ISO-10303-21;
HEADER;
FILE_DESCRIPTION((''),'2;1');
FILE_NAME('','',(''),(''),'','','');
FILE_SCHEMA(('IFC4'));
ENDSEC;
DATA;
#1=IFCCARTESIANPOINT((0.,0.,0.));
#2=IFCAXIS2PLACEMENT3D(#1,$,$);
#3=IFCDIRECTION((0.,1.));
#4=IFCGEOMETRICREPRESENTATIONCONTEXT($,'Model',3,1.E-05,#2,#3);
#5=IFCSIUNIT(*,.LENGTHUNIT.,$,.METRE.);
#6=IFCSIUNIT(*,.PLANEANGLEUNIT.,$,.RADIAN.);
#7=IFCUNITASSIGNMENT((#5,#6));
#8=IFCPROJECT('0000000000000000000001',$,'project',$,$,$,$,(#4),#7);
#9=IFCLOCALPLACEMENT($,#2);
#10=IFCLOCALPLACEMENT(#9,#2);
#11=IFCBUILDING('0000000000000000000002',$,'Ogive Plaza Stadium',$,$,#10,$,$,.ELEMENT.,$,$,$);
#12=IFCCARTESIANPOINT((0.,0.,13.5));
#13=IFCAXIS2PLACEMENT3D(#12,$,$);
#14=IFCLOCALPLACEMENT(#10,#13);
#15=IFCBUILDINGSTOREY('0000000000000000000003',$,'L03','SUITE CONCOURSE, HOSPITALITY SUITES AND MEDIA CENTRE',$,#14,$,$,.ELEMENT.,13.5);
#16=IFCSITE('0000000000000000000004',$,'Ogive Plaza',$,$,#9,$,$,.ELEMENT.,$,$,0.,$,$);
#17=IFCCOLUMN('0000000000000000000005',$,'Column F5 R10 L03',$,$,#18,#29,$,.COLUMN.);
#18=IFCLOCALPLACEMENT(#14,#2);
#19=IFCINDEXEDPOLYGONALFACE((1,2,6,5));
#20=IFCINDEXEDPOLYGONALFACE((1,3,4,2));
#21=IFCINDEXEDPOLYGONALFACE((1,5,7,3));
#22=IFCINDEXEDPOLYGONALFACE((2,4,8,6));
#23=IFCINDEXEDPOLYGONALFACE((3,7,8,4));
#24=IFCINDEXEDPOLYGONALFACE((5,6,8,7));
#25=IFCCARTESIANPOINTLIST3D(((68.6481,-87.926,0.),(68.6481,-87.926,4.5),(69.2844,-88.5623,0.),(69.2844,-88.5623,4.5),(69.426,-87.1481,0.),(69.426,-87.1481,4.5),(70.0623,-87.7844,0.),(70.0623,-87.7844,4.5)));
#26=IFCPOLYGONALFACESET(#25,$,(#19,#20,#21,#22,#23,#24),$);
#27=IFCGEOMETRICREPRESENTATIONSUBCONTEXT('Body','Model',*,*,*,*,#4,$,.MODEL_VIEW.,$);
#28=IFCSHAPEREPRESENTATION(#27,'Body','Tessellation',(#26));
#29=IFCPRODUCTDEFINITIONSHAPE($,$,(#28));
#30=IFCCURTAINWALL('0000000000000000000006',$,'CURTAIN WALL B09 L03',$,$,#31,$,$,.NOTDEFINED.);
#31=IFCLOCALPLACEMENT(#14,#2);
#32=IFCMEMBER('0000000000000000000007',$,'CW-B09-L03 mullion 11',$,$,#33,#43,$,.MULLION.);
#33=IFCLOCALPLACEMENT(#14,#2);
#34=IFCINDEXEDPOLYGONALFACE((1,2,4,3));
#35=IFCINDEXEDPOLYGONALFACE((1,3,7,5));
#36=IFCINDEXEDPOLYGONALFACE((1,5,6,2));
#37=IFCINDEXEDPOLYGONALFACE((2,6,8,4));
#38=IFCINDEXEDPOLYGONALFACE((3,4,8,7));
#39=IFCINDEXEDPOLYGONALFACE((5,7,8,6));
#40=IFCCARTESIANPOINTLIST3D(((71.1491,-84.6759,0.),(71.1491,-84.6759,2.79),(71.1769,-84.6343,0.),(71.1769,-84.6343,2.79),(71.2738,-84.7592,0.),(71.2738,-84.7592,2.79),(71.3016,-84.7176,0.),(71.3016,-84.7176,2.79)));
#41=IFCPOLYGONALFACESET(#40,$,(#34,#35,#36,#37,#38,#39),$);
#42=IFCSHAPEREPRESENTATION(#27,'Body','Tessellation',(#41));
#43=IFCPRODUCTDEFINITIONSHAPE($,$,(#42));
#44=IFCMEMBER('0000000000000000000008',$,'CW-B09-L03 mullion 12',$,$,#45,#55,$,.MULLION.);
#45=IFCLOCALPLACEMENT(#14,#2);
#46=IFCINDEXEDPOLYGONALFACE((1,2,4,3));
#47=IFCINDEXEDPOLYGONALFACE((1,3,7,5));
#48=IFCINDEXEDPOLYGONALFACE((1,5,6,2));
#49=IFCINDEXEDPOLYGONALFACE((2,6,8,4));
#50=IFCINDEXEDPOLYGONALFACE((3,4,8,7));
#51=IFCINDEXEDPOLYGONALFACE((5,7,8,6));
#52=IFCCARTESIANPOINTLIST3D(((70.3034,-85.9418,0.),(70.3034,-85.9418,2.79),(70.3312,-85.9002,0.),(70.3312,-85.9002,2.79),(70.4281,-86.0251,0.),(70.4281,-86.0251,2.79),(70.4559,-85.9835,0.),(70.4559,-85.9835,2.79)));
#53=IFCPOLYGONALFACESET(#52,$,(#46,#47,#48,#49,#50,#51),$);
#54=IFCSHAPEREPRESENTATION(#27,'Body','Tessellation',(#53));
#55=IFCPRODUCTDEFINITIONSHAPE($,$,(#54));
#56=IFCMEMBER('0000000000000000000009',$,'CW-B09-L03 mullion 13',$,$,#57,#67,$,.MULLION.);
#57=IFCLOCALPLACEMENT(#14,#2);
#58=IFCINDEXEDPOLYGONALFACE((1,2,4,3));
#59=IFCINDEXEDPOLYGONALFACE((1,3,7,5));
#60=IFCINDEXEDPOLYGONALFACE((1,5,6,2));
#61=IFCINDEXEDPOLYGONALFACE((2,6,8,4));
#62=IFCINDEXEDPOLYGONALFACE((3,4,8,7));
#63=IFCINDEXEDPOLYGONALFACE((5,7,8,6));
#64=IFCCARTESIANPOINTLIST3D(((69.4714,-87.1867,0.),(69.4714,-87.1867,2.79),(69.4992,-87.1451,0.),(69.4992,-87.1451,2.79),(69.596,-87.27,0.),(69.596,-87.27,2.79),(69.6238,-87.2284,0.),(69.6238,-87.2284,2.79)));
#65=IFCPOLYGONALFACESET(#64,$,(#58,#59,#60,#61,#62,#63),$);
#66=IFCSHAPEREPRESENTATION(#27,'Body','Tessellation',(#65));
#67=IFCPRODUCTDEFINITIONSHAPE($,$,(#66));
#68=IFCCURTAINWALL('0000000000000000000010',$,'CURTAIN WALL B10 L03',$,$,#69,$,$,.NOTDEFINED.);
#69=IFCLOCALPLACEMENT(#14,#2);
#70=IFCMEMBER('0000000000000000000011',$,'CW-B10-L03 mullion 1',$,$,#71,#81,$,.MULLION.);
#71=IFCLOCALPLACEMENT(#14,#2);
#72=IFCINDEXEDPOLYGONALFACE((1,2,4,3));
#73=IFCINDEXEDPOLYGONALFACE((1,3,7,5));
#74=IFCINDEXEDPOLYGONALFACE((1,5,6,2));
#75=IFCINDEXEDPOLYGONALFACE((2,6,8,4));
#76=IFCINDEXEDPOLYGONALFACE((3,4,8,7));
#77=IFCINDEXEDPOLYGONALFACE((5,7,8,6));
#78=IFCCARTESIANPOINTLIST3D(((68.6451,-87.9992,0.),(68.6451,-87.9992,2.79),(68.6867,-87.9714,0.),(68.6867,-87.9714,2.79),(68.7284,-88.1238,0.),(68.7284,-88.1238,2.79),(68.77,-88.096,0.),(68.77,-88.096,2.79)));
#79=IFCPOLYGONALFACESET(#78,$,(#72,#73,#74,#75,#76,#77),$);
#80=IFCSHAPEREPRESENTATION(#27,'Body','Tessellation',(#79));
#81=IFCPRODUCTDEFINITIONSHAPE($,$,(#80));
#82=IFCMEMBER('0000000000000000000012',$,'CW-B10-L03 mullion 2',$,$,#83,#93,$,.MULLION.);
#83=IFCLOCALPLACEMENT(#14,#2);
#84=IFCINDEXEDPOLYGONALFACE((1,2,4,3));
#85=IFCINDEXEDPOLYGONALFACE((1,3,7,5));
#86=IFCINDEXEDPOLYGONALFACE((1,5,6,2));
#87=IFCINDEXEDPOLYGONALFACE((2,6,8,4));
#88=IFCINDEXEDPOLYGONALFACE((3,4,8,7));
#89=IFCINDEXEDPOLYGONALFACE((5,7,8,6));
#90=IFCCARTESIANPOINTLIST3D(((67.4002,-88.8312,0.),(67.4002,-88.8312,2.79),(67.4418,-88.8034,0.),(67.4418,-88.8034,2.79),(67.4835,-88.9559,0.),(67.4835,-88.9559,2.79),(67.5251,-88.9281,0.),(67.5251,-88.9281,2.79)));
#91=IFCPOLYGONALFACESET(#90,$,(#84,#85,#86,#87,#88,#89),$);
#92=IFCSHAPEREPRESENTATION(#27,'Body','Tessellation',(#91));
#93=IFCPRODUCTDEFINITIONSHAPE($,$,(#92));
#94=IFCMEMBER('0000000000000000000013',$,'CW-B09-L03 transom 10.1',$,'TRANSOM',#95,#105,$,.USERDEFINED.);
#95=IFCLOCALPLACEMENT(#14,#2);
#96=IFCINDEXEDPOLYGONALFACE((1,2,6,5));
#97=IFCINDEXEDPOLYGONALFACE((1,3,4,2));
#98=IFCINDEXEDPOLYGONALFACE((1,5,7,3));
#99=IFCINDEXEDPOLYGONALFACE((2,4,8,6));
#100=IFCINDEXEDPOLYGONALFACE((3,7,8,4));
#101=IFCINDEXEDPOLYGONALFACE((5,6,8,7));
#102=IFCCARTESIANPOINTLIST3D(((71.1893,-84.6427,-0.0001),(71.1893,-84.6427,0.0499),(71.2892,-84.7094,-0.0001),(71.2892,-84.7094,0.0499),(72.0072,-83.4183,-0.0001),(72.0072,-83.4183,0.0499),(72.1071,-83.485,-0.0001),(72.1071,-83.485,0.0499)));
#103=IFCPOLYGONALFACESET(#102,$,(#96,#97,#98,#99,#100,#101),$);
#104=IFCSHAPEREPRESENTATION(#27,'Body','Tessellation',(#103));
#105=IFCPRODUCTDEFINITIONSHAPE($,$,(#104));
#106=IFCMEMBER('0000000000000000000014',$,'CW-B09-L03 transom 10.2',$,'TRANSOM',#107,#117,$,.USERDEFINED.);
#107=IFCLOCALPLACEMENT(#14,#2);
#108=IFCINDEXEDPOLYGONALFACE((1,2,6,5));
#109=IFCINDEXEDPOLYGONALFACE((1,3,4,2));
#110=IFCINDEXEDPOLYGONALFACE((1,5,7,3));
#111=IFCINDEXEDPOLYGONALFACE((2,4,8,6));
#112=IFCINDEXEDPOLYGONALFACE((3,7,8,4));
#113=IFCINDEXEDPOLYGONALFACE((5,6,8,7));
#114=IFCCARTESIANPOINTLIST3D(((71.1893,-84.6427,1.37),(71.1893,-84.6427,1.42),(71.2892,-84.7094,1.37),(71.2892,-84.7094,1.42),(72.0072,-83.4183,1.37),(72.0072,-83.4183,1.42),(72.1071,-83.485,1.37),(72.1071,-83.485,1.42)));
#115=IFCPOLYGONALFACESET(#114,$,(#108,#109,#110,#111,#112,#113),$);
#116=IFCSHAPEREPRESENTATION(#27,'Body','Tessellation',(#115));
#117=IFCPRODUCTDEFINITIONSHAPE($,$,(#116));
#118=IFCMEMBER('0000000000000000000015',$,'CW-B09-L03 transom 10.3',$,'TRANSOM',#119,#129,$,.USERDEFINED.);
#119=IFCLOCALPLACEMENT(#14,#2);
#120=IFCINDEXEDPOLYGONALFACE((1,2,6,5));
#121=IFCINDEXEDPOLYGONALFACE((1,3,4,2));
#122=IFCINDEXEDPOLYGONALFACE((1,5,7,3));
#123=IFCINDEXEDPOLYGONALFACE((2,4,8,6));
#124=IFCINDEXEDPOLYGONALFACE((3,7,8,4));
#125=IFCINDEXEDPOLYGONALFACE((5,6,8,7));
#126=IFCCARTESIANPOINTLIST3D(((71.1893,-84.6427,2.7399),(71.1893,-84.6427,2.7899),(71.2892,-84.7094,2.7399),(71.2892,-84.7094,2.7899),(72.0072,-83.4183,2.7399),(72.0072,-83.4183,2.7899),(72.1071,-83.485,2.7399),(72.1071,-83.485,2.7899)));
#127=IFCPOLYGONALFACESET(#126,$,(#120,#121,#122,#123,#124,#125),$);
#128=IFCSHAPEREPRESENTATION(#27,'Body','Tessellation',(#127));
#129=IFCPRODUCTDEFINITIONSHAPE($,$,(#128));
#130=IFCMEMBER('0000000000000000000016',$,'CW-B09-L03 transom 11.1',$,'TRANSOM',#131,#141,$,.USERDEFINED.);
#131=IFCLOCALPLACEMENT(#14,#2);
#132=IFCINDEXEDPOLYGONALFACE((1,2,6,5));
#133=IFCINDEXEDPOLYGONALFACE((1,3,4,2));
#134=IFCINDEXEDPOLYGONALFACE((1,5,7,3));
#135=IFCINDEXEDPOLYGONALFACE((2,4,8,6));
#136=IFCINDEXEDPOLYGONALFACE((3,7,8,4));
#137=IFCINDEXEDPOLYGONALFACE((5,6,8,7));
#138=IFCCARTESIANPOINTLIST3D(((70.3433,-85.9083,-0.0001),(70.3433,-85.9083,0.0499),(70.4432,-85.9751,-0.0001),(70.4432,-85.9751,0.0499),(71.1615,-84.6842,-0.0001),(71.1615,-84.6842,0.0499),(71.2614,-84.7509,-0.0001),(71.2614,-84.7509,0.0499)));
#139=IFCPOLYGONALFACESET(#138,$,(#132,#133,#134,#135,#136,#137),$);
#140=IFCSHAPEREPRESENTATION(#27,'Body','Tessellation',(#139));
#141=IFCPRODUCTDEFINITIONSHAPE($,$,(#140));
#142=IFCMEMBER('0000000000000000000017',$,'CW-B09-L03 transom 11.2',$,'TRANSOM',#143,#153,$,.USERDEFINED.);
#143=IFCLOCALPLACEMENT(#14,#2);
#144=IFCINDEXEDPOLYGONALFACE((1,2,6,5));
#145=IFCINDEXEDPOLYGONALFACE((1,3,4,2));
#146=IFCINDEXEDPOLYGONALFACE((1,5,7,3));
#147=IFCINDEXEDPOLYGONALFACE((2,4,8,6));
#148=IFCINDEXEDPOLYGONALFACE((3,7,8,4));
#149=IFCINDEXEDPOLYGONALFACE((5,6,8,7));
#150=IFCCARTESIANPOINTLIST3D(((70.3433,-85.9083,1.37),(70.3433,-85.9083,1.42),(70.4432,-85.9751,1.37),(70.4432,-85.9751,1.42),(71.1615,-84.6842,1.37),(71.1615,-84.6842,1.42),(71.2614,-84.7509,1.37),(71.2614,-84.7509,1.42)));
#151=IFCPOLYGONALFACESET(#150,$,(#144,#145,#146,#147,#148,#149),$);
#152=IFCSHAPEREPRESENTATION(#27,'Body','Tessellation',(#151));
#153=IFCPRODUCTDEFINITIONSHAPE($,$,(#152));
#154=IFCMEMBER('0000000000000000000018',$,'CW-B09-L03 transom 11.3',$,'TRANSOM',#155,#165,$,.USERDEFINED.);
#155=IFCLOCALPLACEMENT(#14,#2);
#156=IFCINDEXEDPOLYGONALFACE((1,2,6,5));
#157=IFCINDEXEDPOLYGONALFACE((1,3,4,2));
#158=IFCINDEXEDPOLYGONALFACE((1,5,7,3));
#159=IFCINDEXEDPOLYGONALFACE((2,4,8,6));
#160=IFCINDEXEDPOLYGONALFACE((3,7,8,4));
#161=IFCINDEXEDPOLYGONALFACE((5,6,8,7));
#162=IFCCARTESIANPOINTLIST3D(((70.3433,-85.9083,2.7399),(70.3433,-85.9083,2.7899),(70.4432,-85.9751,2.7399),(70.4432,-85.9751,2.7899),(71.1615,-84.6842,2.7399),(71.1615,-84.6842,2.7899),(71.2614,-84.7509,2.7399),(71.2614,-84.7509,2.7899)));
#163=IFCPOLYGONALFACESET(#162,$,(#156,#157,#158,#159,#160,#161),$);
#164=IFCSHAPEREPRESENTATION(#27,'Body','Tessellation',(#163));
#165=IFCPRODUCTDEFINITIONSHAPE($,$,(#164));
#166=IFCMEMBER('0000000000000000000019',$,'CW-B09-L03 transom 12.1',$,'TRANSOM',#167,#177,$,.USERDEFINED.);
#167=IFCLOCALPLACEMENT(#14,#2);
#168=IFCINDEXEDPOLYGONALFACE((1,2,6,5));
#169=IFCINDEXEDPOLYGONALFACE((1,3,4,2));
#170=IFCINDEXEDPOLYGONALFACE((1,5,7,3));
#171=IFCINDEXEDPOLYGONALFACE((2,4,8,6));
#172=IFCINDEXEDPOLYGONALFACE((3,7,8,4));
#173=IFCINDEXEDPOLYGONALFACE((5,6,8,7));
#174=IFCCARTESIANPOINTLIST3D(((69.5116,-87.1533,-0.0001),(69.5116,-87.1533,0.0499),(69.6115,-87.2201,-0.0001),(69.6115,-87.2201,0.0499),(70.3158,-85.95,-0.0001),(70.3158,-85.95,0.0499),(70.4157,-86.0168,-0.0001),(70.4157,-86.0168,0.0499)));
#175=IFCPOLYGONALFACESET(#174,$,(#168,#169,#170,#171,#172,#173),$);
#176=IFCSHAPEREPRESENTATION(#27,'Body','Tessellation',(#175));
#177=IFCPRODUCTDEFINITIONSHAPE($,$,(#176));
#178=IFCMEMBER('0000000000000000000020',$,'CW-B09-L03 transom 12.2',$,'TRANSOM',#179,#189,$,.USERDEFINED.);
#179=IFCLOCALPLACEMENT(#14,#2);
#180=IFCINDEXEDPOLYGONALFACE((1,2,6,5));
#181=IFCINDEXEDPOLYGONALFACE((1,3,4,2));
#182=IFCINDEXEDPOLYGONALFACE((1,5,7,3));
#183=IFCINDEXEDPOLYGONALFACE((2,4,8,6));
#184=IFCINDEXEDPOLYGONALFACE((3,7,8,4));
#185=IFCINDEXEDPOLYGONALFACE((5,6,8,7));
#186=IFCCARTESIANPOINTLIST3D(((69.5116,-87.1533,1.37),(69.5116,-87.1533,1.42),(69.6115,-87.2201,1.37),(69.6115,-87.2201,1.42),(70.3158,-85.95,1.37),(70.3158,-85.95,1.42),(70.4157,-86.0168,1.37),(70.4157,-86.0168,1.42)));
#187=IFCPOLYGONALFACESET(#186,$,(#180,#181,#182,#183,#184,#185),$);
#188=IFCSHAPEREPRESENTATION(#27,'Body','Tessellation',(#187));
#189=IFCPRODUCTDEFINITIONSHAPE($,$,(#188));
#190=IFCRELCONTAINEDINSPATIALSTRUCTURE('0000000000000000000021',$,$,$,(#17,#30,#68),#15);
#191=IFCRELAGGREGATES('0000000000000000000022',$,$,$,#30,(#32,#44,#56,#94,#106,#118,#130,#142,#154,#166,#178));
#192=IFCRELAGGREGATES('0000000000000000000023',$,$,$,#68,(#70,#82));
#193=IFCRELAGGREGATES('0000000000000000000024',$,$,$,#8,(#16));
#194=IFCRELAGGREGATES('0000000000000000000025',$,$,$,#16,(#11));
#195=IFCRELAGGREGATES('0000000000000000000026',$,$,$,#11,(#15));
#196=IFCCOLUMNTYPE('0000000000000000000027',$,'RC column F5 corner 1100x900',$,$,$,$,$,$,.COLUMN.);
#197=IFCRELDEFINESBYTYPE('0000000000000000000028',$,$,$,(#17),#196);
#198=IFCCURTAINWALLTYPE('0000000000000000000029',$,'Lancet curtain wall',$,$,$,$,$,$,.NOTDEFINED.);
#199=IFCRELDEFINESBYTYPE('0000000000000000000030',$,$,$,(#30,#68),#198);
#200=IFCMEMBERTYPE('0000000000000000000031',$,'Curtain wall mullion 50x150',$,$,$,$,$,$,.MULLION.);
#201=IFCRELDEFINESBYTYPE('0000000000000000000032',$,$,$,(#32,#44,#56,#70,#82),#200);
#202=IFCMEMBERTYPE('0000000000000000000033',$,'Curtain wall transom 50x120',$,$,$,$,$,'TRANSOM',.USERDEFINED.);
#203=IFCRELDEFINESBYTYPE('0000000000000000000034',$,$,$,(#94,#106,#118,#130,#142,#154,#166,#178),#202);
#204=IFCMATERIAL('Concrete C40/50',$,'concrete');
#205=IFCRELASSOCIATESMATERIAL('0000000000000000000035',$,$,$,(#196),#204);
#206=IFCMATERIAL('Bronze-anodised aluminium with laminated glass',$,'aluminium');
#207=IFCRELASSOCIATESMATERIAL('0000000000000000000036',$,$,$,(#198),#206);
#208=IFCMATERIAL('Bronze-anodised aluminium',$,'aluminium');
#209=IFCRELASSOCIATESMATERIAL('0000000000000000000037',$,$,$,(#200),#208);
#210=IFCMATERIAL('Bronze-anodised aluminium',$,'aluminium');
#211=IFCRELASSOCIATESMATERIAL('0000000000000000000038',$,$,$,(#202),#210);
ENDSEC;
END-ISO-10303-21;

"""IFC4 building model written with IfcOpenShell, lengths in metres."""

from ifc_helpers import new_model, si_unit, direction, frame, origin, origin_2d, place, context, subcontext, project, spatial, rectangle, extrude, material, material_profile, profile_set, type_object, element, aggregate, save


model = new_model("IFC4")

# Units and contexts
model_context = context("Model", 3, precision=1e-05, world=origin(), true_north=direction((0.0, 1.0)))
body_context = subcontext(model_context, "Body", "Model", "MODEL_VIEW")
ifc_project = project(units=[si_unit("LENGTHUNIT", "METRE"), si_unit("PLANEANGLEUNIT", "RADIAN")], contexts=[model_context])

# Site, building, storey
site_placement = place(None, origin())
site = spatial("IfcSite", under=ifc_project, at=site_placement, Name="Ogive Plaza", CompositionType="ELEMENT", RefElevation=0.0)
building_placement = place(site_placement, origin())
building = spatial("IfcBuilding", under=site, at=building_placement, Name="Ogive Plaza Stadium", CompositionType="ELEMENT")
storey_placement = place(building_placement, frame((0.0, 0.0, 13.5)))
storey = spatial("IfcBuildingStorey", under=building, at=storey_placement, Name="L03", Description="SUITE CONCOURSE, HOSPITALITY SUITES AND MEDIA CENTRE", CompositionType="ELEMENT", Elevation=13.5)

# Column
ifc_material_1 = material(Name="Concrete C40/50", Category="concrete")
ifc_material_profile_1 = material_profile(ifc_material_1, rectangle(XDim=1.1001, YDim=0.8999, at=origin_2d()), Name="RC 1100x900")
ifc_profile_set_1 = profile_set([ifc_material_profile_1], Name="Concrete C40/50")
column_type = type_object("IfcColumnType", Name="RC column F5 corner 1100x900", PredefinedType="COLUMN", material=ifc_profile_set_1)
column_placement = place(storey_placement, frame((69.3552, -87.8552, 0.0), z_axis=(0.0, 0.0, 1.0), x_axis=(0.707107, 0.707107, 0.0)))
element("IfcColumn", 1, at=column_placement, inside=storey, type_object=column_type, Name="Column F5 R10 L03", PredefinedType="COLUMN", context=body_context, shape_type="SweptSolid", body=[
    extrude(rectangle(XDim=1.1001, YDim=0.8999, at=origin_2d()), origin(), (0.0, 0.0, 1.0), 4.5),
])

# Curtain walls, members
ifc_material_2 = material(Name="Bronze-anodised aluminium with laminated glass", Category="aluminium")
curtain_wall_type = type_object("IfcCurtainWallType", Name="Lancet curtain wall", PredefinedType="NOTDEFINED", material=ifc_material_2)
curtain_wall_1_placement = place(storey_placement, origin())
curtain_wall_1 = element("IfcCurtainWall", 2, at=curtain_wall_1_placement, inside=storey, type_object=curtain_wall_type, Name="CURTAIN WALL B09 L03", PredefinedType="NOTDEFINED")
ifc_material_3 = material(Name="Bronze-anodised aluminium", Category="aluminium")
ifc_material_profile_2 = material_profile(ifc_material_3, rectangle(XDim=0.1499, YDim=0.05, at=origin_2d()), Name="AL 150x50")
ifc_profile_set_2 = profile_set([ifc_material_profile_2], Name="Bronze-anodised aluminium")
member_type_1 = type_object("IfcMemberType", Name="Curtain wall mullion 50x150", PredefinedType="MULLION", material=ifc_profile_set_2)
member_1_placement = place(storey_placement, frame((71.2253, -84.6968, 0.0), z_axis=(0.0, 0.0, 1.0), x_axis=(0.83147, -0.55557, 0.0)))
member_1 = element("IfcMember", 3, at=member_1_placement, type_object=member_type_1, Name="CW-B09-L03 mullion 11", PredefinedType="MULLION", context=body_context, shape_type="SweptSolid", body=[
    extrude(rectangle(XDim=0.1499, YDim=0.05, at=origin_2d()), origin(), (0.0, 0.0, 1.0), 2.79),
])
member_2_placement = place(storey_placement, frame((70.3796, -85.9626, 0.0), z_axis=(0.0, 0.0, 1.0), x_axis=(0.83147, -0.55557, 0.0)))
member_2 = element("IfcMember", 4, at=member_2_placement, type_object=member_type_1, Name="CW-B09-L03 mullion 12", PredefinedType="MULLION", context=body_context, shape_type="SweptSolid", body=[
    extrude(rectangle(XDim=0.1499, YDim=0.05, at=origin_2d()), origin(), (0.0, 0.0, 1.0), 2.79),
])
member_3_placement = place(storey_placement, frame((69.5476, -87.2075, 0.0), z_axis=(0.0, 0.0, 1.0), x_axis=(0.83147, -0.55557, 0.0)))
member_3 = element("IfcMember", 5, at=member_3_placement, type_object=member_type_1, Name="CW-B09-L03 mullion 13", PredefinedType="MULLION", context=body_context, shape_type="SweptSolid", body=[
    extrude(rectangle(XDim=0.1499, YDim=0.05, at=origin_2d()), origin(), (0.0, 0.0, 1.0), 2.79),
])
curtain_wall_2_placement = place(storey_placement, origin())
curtain_wall_2 = element("IfcCurtainWall", 6, at=curtain_wall_2_placement, inside=storey, type_object=curtain_wall_type, Name="CURTAIN WALL B10 L03", PredefinedType="NOTDEFINED")
member_4_placement = place(storey_placement, frame((68.7075, -88.0476, 0.0), z_axis=(0.0, 0.0, 1.0), x_axis=(0.55557, -0.83147, 0.0)))
member_4 = element("IfcMember", 7, at=member_4_placement, type_object=member_type_1, Name="CW-B10-L03 mullion 1", PredefinedType="MULLION", context=body_context, shape_type="SweptSolid", body=[
    extrude(rectangle(XDim=0.1499, YDim=0.05, at=origin_2d()), origin(), (0.0, 0.0, 1.0), 2.79),
])
member_5_placement = place(storey_placement, frame((67.4626, -88.8796, 0.0), z_axis=(0.0, 0.0, 1.0), x_axis=(0.55557, -0.83147, 0.0)))
member_5 = element("IfcMember", 8, at=member_5_placement, type_object=member_type_1, Name="CW-B10-L03 mullion 2", PredefinedType="MULLION", context=body_context, shape_type="SweptSolid", body=[
    extrude(rectangle(XDim=0.1499, YDim=0.05, at=origin_2d()), origin(), (0.0, 0.0, 1.0), 2.79),
])

# Members
ifc_material_4 = material(Name="Bronze-anodised aluminium", Category="aluminium")
ifc_material_profile_3 = material_profile(ifc_material_4, rectangle(XDim=0.1201, YDim=0.05, at=origin_2d()), Name="AL 120x50")
ifc_profile_set_3 = profile_set([ifc_material_profile_3], Name="Bronze-anodised aluminium")
member_type_2 = type_object("IfcMemberType", Name="Curtain wall transom 50x120", ElementType="TRANSOM", PredefinedType="USERDEFINED", material=ifc_profile_set_3)
member_6_placement = place(storey_placement, frame((72.0571, -83.4517, 0.0249), z_axis=(-0.555465, -0.83154, 0.0), x_axis=(0.83154, -0.555465, 0.0)))
member_6 = element("IfcMember", 9, at=member_6_placement, type_object=member_type_2, Name="CW-B09-L03 transom 10.1", ObjectType="TRANSOM", PredefinedType="USERDEFINED", context=body_context, shape_type="SweptSolid", body=[
    extrude(rectangle(XDim=0.1201, YDim=0.05, at=origin_2d()), origin(), (0.0, 0.0, 1.0), 1.4724),
])
member_7_placement = place(storey_placement, frame((72.0571, -83.4517, 1.395), z_axis=(-0.555465, -0.83154, 0.0), x_axis=(0.83154, -0.555465, 0.0)))
member_7 = element("IfcMember", 10, at=member_7_placement, type_object=member_type_2, Name="CW-B09-L03 transom 10.2", ObjectType="TRANSOM", PredefinedType="USERDEFINED", context=body_context, shape_type="SweptSolid", body=[
    extrude(rectangle(XDim=0.1201, YDim=0.05, at=origin_2d()), origin(), (0.0, 0.0, 1.0), 1.4724),
])
member_8_placement = place(storey_placement, frame((72.0571, -83.4517, 2.7649), z_axis=(-0.555465, -0.83154, 0.0), x_axis=(0.83154, -0.555465, 0.0)))
member_8 = element("IfcMember", 11, at=member_8_placement, type_object=member_type_2, Name="CW-B09-L03 transom 10.3", ObjectType="TRANSOM", PredefinedType="USERDEFINED", context=body_context, shape_type="SweptSolid", body=[
    extrude(rectangle(XDim=0.1201, YDim=0.05, at=origin_2d()), origin(), (0.0, 0.0, 1.0), 1.4724),
])
member_9_placement = place(storey_placement, frame((71.2114, -84.7175, 0.0249), z_axis=(-0.555656, -0.831412, 0.0), x_axis=(0.831412, -0.555656, 0.0)))
member_9 = element("IfcMember", 12, at=member_9_placement, type_object=member_type_2, Name="CW-B09-L03 transom 11.1", ObjectType="TRANSOM", PredefinedType="USERDEFINED", context=body_context, shape_type="SweptSolid", body=[
    extrude(rectangle(XDim=0.1201, YDim=0.05, at=origin_2d()), origin(), (0.0, 0.0, 1.0), 1.4724),
])
member_10_placement = place(storey_placement, frame((71.2114, -84.7175, 1.395), z_axis=(-0.555656, -0.831412, 0.0), x_axis=(0.831412, -0.555656, 0.0)))
member_10 = element("IfcMember", 13, at=member_10_placement, type_object=member_type_2, Name="CW-B09-L03 transom 11.2", ObjectType="TRANSOM", PredefinedType="USERDEFINED", context=body_context, shape_type="SweptSolid", body=[
    extrude(rectangle(XDim=0.1201, YDim=0.05, at=origin_2d()), origin(), (0.0, 0.0, 1.0), 1.4724),
])
member_11_placement = place(storey_placement, frame((71.2114, -84.7175, 2.7649), z_axis=(-0.555656, -0.831412, 0.0), x_axis=(0.831412, -0.555656, 0.0)))
member_11 = element("IfcMember", 14, at=member_11_placement, type_object=member_type_2, Name="CW-B09-L03 transom 11.3", ObjectType="TRANSOM", PredefinedType="USERDEFINED", context=body_context, shape_type="SweptSolid", body=[
    extrude(rectangle(XDim=0.1201, YDim=0.05, at=origin_2d()), origin(), (0.0, 0.0, 1.0), 1.4724),
])
member_12_placement = place(storey_placement, frame((70.3657, -85.9834, 0.0249), z_axis=(-0.555634, -0.831427, 0.0), x_axis=(0.831427, -0.555634, 0.0)))
member_12 = element("IfcMember", 15, at=member_12_placement, type_object=member_type_2, Name="CW-B09-L03 transom 12.1", ObjectType="TRANSOM", PredefinedType="USERDEFINED", context=body_context, shape_type="SweptSolid", body=[
    extrude(rectangle(XDim=0.1201, YDim=0.05, at=origin_2d()), origin(), (0.0, 0.0, 1.0), 1.4473),
])
member_13_placement = place(storey_placement, frame((70.3657, -85.9834, 1.395), z_axis=(-0.555634, -0.831427, 0.0), x_axis=(0.831427, -0.555634, 0.0)))
member_13 = element("IfcMember", 16, at=member_13_placement, type_object=member_type_2, Name="CW-B09-L03 transom 12.2", ObjectType="TRANSOM", PredefinedType="USERDEFINED", context=body_context, shape_type="SweptSolid", body=[
    extrude(rectangle(XDim=0.1201, YDim=0.05, at=origin_2d()), origin(), (0.0, 0.0, 1.0), 1.4473),
])

aggregate(curtain_wall_1, [member_1, member_2, member_3, member_6, member_7, member_8, member_9, member_10, member_11, member_12, member_13])
aggregate(curtain_wall_2, [member_4, member_5])

save(model, "model.ifc")
